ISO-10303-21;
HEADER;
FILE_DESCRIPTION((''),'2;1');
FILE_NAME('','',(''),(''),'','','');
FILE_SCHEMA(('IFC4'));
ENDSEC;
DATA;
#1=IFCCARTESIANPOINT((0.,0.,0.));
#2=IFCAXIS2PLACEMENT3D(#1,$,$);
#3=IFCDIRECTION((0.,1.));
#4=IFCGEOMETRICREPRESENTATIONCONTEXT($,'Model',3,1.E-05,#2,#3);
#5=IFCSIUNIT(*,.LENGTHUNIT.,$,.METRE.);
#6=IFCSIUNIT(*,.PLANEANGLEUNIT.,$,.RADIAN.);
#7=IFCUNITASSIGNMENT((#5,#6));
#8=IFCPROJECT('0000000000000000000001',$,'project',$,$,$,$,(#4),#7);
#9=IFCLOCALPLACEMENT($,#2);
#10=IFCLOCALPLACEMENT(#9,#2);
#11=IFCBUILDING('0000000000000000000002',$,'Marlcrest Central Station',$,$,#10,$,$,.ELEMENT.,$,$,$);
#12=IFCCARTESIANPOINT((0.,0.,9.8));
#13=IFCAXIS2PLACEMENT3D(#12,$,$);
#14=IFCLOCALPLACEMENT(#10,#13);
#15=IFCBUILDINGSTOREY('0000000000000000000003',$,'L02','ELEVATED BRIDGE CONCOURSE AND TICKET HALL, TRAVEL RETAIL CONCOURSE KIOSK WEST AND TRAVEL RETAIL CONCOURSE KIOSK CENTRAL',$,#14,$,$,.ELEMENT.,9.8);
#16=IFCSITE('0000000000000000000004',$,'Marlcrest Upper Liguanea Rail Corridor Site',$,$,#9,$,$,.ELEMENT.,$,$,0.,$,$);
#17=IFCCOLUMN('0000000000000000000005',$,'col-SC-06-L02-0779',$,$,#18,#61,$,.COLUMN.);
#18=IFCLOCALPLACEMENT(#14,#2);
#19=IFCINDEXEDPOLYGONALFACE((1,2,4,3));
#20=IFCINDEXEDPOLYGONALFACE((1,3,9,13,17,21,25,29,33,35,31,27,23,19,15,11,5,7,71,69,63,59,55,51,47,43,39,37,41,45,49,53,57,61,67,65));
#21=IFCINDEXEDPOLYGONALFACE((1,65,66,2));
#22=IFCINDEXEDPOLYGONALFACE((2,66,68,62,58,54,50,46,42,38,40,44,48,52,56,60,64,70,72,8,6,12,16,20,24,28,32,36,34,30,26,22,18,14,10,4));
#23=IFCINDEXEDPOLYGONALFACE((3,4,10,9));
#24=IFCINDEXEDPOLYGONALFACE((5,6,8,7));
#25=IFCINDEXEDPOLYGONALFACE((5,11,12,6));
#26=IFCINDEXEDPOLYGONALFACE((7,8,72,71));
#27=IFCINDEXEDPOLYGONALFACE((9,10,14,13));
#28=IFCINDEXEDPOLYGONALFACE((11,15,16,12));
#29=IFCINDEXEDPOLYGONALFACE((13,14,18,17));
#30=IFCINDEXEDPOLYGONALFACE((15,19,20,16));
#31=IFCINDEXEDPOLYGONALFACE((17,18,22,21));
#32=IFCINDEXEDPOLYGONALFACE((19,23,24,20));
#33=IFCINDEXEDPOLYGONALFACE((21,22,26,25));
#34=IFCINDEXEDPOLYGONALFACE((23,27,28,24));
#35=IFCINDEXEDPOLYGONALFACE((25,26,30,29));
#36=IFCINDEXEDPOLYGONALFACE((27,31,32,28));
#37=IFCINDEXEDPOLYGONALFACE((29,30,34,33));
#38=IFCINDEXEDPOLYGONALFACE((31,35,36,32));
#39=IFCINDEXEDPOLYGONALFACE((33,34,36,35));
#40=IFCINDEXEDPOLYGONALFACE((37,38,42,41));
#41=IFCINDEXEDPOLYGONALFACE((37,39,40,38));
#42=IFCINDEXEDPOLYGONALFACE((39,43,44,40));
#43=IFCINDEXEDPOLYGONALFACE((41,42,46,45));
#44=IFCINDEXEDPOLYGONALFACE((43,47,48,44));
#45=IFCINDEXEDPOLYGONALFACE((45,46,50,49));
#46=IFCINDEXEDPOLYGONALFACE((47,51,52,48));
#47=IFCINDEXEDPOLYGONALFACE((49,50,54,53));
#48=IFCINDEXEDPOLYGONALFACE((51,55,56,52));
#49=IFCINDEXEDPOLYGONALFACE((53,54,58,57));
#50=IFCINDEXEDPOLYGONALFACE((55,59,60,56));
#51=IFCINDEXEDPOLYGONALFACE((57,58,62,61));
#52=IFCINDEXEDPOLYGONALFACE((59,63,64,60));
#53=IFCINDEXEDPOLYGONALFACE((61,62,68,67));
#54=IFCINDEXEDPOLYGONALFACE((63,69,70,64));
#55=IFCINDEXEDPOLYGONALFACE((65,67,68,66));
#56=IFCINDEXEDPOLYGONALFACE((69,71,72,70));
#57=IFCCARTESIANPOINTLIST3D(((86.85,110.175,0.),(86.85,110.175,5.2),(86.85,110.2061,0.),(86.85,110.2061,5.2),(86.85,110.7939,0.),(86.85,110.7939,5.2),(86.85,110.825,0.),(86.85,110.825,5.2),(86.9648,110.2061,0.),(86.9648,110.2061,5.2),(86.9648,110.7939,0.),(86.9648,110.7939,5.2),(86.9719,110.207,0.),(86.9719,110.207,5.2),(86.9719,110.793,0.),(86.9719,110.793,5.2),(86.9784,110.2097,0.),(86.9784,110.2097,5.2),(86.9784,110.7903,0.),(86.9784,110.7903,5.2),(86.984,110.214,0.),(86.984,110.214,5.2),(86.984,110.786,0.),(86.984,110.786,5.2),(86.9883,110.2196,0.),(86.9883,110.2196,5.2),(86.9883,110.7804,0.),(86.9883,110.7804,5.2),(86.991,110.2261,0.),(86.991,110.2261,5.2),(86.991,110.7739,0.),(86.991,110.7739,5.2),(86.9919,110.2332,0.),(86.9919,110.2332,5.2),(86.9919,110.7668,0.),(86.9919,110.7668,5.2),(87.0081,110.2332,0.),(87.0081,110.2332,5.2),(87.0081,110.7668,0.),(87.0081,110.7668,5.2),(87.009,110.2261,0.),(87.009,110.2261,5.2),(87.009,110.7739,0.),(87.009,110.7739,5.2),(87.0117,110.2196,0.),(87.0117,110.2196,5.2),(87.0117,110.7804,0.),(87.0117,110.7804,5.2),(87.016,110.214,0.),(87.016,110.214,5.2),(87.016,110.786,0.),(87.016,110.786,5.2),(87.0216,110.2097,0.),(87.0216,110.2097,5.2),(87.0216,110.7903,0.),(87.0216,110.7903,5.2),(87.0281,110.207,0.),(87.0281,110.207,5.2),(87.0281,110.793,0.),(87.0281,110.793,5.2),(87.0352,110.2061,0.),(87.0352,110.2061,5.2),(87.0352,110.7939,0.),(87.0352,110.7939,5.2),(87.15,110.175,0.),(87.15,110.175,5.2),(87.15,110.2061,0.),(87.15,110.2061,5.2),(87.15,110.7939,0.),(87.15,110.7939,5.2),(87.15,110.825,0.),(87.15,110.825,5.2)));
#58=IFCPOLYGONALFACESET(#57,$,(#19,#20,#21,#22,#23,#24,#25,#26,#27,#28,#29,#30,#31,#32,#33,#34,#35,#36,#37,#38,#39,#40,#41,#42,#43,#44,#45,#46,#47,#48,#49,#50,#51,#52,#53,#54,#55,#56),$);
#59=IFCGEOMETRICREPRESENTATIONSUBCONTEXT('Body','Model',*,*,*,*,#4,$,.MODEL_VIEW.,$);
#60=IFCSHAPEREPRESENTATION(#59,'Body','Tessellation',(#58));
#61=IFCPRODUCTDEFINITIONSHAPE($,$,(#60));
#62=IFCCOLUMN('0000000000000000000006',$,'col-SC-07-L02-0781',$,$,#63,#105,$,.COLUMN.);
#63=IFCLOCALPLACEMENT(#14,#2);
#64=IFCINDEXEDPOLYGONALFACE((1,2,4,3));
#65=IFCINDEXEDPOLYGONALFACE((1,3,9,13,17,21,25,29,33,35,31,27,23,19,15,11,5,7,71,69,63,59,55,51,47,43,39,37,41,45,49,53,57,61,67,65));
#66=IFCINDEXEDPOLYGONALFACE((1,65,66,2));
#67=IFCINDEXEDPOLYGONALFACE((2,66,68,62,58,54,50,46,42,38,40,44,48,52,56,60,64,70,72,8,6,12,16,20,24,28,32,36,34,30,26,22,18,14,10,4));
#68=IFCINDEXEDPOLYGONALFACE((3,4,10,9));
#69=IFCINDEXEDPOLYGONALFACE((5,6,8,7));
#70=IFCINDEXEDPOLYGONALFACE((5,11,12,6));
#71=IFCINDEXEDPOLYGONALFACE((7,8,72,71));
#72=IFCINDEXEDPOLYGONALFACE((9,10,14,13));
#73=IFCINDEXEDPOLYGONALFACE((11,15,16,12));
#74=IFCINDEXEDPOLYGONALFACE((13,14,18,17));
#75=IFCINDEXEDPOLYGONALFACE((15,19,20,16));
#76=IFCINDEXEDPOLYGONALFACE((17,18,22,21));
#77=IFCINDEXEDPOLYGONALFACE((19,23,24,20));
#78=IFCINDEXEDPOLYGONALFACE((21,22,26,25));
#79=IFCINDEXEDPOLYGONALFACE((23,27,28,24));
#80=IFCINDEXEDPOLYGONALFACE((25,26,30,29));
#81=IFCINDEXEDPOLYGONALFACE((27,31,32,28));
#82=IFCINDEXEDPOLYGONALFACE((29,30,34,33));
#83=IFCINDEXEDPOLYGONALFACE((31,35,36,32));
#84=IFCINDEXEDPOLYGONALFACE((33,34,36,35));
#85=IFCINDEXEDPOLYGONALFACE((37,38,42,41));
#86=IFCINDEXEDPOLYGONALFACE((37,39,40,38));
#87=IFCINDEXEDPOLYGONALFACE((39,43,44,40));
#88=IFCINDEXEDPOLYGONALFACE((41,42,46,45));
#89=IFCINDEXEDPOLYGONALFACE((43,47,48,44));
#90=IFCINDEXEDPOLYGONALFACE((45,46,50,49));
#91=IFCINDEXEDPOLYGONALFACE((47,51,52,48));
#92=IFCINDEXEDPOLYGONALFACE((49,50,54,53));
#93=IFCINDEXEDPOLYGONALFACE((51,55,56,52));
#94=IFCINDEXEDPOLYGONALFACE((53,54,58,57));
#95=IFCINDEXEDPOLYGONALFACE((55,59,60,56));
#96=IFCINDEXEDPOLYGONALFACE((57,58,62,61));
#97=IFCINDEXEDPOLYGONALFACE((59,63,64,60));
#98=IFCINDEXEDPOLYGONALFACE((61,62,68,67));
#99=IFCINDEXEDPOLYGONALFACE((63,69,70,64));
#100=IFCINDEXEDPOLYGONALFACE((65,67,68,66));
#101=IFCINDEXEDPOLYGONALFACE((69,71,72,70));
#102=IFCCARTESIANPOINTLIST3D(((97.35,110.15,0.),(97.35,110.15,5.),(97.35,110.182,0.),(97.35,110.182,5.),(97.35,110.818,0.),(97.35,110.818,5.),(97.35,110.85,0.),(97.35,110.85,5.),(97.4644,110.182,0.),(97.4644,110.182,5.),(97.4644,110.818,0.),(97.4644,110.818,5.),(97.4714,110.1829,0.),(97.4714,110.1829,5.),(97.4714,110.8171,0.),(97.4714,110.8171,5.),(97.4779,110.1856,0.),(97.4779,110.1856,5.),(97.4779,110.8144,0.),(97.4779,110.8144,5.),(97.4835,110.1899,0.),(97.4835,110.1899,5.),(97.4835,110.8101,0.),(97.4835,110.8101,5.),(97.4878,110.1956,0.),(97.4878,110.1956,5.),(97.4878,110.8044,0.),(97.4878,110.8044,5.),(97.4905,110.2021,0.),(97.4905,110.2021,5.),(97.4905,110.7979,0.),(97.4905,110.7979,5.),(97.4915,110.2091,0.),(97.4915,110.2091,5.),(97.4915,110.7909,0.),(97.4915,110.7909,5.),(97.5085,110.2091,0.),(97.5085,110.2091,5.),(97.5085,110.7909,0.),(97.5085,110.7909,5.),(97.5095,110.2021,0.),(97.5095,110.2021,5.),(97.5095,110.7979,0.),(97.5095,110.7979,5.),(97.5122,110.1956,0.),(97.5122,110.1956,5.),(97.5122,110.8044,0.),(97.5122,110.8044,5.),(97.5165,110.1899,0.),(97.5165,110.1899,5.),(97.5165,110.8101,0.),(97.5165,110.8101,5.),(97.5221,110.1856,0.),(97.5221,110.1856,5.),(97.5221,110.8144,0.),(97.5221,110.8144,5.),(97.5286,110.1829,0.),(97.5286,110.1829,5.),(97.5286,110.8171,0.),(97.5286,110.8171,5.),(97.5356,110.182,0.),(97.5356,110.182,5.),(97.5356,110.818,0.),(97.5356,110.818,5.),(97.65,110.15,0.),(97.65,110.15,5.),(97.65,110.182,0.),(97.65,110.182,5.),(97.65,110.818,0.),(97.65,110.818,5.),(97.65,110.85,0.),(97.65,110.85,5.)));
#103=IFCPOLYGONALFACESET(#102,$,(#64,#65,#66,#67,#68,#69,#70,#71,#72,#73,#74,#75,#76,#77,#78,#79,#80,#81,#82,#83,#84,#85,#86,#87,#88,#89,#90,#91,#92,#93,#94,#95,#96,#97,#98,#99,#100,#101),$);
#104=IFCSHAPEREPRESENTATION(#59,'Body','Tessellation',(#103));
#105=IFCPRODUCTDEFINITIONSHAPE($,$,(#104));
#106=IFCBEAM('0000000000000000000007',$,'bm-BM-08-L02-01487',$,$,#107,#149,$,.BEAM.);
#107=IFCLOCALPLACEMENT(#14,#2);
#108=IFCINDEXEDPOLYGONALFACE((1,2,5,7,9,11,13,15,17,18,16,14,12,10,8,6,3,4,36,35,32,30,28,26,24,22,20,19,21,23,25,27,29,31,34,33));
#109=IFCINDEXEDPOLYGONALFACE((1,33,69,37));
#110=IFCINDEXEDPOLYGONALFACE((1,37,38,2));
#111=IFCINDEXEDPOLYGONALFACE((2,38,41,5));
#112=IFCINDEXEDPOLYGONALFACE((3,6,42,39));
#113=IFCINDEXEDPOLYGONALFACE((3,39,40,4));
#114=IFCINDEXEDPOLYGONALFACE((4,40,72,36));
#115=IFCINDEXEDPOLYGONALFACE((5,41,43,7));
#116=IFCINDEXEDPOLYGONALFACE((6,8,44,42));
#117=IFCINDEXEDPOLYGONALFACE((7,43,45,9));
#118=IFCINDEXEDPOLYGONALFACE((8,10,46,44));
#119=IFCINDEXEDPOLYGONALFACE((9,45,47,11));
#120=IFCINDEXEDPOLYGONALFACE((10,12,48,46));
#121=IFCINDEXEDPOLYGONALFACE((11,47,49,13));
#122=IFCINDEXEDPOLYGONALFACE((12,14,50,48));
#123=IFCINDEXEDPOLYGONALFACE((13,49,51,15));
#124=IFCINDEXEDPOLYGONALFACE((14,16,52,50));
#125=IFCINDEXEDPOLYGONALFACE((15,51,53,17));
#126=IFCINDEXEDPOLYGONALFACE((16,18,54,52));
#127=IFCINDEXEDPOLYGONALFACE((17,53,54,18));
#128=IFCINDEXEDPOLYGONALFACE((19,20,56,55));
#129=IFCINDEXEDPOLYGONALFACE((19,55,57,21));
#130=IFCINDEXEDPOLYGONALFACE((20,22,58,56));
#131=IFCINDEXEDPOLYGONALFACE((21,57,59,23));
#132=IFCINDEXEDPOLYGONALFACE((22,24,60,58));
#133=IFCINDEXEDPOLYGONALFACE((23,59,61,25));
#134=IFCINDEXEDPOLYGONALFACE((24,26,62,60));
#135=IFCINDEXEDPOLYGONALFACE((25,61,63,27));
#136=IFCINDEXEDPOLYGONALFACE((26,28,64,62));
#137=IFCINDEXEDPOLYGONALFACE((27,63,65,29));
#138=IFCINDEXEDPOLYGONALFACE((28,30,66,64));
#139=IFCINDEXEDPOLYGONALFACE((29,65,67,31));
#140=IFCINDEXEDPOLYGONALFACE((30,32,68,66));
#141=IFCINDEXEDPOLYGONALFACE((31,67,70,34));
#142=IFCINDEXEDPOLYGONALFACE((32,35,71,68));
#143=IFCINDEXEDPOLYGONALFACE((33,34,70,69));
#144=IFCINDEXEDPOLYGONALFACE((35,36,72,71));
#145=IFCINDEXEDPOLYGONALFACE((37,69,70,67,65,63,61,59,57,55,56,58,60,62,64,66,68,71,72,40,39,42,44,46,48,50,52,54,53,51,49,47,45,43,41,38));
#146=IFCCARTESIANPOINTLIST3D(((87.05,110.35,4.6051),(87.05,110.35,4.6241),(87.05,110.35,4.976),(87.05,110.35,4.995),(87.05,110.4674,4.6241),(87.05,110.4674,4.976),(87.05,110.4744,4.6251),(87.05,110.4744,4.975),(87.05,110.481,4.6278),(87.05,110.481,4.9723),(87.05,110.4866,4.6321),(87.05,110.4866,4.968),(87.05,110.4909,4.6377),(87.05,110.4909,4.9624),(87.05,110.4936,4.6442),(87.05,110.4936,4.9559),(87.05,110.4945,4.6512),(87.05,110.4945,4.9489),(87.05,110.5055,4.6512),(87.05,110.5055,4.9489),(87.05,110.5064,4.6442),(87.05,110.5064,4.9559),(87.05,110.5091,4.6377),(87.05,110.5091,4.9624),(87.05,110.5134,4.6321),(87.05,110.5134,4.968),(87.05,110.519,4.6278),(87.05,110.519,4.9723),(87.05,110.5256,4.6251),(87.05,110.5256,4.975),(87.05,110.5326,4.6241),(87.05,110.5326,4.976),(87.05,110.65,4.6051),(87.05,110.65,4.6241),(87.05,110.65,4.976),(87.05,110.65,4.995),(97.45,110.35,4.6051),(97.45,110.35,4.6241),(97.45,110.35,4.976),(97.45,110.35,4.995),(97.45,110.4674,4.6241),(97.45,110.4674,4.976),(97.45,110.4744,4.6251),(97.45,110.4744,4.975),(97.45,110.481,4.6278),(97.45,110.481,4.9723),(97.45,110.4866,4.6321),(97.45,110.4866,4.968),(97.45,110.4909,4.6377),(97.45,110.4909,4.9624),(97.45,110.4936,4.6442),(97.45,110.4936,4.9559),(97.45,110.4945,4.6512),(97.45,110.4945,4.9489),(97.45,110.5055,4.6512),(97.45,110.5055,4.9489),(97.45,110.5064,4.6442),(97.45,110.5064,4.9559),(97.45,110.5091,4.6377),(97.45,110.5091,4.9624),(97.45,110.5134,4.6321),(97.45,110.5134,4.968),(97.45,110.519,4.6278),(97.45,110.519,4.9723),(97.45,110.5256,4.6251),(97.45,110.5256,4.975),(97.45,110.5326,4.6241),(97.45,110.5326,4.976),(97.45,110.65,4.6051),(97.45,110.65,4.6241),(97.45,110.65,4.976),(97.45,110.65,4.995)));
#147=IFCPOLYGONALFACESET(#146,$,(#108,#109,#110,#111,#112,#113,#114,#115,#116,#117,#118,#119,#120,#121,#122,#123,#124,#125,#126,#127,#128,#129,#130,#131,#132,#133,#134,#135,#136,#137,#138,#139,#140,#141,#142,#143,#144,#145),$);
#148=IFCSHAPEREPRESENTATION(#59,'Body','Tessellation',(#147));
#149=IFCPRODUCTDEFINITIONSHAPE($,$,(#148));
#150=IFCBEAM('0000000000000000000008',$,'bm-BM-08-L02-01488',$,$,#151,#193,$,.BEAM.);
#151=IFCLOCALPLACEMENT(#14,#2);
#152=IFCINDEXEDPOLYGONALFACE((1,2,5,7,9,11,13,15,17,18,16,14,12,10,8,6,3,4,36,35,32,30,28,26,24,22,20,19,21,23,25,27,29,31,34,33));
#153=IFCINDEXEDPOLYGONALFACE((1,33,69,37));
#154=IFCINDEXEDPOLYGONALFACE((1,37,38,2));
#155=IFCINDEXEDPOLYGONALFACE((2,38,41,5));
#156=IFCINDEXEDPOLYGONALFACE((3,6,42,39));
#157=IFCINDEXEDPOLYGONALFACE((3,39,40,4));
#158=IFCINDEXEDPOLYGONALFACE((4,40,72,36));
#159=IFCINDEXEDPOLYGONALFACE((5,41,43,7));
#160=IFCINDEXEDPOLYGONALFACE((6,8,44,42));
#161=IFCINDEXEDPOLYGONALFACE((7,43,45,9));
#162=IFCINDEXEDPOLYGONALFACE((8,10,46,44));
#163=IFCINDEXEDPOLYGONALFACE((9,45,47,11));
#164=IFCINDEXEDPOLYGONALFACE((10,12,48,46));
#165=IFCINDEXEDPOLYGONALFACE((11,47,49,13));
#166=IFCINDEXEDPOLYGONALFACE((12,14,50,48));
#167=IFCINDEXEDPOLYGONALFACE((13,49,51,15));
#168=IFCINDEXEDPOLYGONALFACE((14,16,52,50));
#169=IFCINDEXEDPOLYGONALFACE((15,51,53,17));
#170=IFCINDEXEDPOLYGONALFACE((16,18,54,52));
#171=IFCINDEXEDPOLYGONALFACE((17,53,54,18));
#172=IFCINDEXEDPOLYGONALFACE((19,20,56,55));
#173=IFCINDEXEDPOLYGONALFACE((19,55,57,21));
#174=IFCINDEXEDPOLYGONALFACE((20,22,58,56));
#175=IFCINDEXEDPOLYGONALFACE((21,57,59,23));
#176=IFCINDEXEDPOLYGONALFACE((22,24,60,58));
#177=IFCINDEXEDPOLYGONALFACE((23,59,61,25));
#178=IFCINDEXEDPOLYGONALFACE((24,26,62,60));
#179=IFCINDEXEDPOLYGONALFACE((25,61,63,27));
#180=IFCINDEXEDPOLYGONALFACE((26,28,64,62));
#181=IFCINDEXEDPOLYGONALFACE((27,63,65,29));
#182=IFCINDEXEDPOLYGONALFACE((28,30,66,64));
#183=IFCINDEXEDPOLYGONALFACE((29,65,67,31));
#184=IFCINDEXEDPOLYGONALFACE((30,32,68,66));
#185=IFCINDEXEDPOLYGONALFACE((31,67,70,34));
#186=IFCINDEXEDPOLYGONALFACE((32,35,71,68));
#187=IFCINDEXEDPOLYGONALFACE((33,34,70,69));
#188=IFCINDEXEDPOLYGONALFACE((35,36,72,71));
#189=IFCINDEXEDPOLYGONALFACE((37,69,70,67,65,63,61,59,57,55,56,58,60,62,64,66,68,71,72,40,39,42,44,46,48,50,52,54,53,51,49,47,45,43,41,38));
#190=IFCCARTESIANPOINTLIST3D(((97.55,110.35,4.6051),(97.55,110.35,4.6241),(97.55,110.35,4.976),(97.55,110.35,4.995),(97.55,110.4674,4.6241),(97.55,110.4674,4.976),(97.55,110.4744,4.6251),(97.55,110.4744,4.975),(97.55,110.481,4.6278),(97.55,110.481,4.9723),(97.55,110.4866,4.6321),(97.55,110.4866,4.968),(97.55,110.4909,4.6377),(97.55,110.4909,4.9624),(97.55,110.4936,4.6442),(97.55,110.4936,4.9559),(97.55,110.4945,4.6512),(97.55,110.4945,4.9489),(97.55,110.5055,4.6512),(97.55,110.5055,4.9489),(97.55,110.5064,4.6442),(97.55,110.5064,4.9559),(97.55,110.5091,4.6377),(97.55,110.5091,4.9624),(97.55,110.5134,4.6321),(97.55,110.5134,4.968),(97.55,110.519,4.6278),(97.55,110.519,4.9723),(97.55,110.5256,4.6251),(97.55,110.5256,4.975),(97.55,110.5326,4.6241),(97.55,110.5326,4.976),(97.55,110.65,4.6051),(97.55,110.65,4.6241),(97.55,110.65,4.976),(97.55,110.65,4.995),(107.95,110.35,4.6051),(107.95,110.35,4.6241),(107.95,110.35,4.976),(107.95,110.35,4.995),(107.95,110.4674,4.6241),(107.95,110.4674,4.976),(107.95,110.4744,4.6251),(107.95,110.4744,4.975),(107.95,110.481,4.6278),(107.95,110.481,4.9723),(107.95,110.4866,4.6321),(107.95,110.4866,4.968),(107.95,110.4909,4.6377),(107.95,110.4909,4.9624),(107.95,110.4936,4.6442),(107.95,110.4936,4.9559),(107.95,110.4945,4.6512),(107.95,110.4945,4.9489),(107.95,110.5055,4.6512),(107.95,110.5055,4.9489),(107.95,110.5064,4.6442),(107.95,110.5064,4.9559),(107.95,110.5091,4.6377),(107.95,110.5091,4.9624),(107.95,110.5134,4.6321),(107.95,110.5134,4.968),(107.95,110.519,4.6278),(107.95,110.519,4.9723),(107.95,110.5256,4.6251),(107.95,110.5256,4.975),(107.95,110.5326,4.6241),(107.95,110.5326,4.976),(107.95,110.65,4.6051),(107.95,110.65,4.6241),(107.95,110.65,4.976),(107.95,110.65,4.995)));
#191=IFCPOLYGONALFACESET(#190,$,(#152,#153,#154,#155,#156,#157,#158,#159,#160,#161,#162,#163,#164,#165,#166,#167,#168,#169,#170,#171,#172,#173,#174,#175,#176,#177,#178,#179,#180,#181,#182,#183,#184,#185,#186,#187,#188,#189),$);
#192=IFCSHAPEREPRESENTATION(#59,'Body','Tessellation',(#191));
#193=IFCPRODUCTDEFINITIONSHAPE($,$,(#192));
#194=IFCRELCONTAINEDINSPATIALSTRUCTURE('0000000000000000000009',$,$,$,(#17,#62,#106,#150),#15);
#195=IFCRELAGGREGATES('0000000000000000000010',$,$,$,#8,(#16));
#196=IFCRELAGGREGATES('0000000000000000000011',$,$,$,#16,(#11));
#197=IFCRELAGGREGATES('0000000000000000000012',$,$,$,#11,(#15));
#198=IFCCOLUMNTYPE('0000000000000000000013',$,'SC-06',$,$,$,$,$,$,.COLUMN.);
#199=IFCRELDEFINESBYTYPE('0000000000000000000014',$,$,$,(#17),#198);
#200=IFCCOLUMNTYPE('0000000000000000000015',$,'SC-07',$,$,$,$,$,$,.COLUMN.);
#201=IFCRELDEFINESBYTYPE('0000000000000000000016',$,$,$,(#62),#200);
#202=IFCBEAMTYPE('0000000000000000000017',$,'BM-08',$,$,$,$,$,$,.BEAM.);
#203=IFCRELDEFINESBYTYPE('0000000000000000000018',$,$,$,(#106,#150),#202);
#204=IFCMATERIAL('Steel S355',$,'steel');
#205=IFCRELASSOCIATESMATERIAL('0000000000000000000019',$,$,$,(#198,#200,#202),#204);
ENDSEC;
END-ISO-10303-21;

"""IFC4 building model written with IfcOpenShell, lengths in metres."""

from ifc_helpers import new_model, si_unit, direction, frame, origin, origin_2d, place, context, subcontext, project, spatial, i_section, extrude, material, material_profile, profile_set, type_object, element, save


model = new_model("IFC4")

# Units and contexts
model_context = context("Model", 3, precision=1e-05, world=origin(), true_north=direction((0.0, 1.0)))
body_context = subcontext(model_context, "Body", "Model", "MODEL_VIEW")
ifc_project = project(units=[si_unit("LENGTHUNIT", "METRE"), si_unit("PLANEANGLEUNIT", "RADIAN")], contexts=[model_context])

# Site, building, storey
site_placement = place(None, origin())
site = spatial("IfcSite", under=ifc_project, at=site_placement, Name="Marlcrest Upper Liguanea Rail Corridor Site", CompositionType="ELEMENT", RefElevation=0.0)
building_placement = place(site_placement, origin())
building = spatial("IfcBuilding", under=site, at=building_placement, Name="Marlcrest Central Station", CompositionType="ELEMENT")
storey_placement = place(building_placement, frame((0.0, 0.0, 9.8)))
storey = spatial("IfcBuildingStorey", under=building, at=storey_placement, Name="L02", Description="ELEVATED BRIDGE CONCOURSE AND TICKET HALL, TRAVEL RETAIL CONCOURSE KIOSK WEST AND TRAVEL RETAIL CONCOURSE KIOSK CENTRAL", CompositionType="ELEMENT", Elevation=9.8)

# Columns
ifc_material_1 = material(Name="Steel S355", Category="steel")
ifc_material_profile_1 = material_profile(ifc_material_1, i_section(OverallWidth=0.3, OverallDepth=0.6499, WebThickness=0.0161, FlangeThickness=0.031, FilletRadius=0.0271, at=origin_2d()), Name="HEB 650")
ifc_profile_set_1 = profile_set([ifc_material_profile_1], Name="Steel S355")
column_type_1 = type_object("IfcColumnType", Name="SC-06", PredefinedType="COLUMN", material=ifc_profile_set_1)
column_1_placement = place(storey_placement, frame((87.0, 110.5, 0.0), z_axis=(0.0, 0.0, 1.0), x_axis=(1.0, 0.0, 0.0)))
element("IfcColumn", 1, at=column_1_placement, inside=storey, type_object=column_type_1, Name="col-SC-06-L02-0779", PredefinedType="COLUMN", context=body_context, shape_type="SweptSolid", body=[
    extrude(i_section(OverallWidth=0.3, OverallDepth=0.6499, WebThickness=0.0161, FlangeThickness=0.031, FilletRadius=0.0271, at=origin_2d()), origin(), (0.0, 0.0, 1.0), 5.2),
])
ifc_material_profile_2 = material_profile(ifc_material_1, i_section(OverallWidth=0.3, OverallDepth=0.7, WebThickness=0.0171, FlangeThickness=0.032, FilletRadius=0.0271, at=origin_2d()), Name="HEB 700")
ifc_profile_set_2 = profile_set([ifc_material_profile_2], Name="Steel S355")
column_type_2 = type_object("IfcColumnType", Name="SC-07", PredefinedType="COLUMN", material=ifc_profile_set_2)
column_2_placement = place(storey_placement, frame((97.5, 110.5, 0.0), z_axis=(0.0, 0.0, 1.0), x_axis=(1.0, 0.0, 0.0)))
element("IfcColumn", 2, at=column_2_placement, inside=storey, type_object=column_type_2, Name="col-SC-07-L02-0781", PredefinedType="COLUMN", context=body_context, shape_type="SweptSolid", body=[
    extrude(i_section(OverallWidth=0.3, OverallDepth=0.7, WebThickness=0.0171, FlangeThickness=0.032, FilletRadius=0.0271, at=origin_2d()), origin(), (0.0, 0.0, 1.0), 5.0),
])

# Beams
ifc_material_profile_3 = material_profile(ifc_material_1, i_section(OverallWidth=0.3, OverallDepth=0.3899, WebThickness=0.011, FlangeThickness=0.019, FilletRadius=0.0271, at=origin_2d()), Name="HEA 400")
ifc_profile_set_3 = profile_set([ifc_material_profile_3], Name="Steel S355")
beam_type_1 = type_object("IfcBeamType", Name="BM-08", PredefinedType="BEAM", material=ifc_profile_set_3)
for number, where, z_axis, x_axis, name in (
    (3, (87.05, 110.5, 4.8), (1.0, 0.0, 0.0), (0.0, 1.0, 0.0), "bm-BM-08-L02-01487"),
    (4, (97.55, 110.5, 4.8), (1.0, 0.0, 0.0), (0.0, 1.0, 0.0), "bm-BM-08-L02-01488"),
):
    element("IfcBeam", number, at=place(storey_placement, frame(where, z_axis=z_axis, x_axis=x_axis)), inside=storey, type_object=beam_type_1, Name=name, PredefinedType="BEAM", context=body_context, shape_type="SweptSolid", body=[
        extrude(i_section(OverallWidth=0.3, OverallDepth=0.3899, WebThickness=0.011, FlangeThickness=0.019, FilletRadius=0.0271, at=origin_2d()), origin(), (0.0, 0.0, 1.0), 10.3999),
    ])

save(model, "model.ifc")
